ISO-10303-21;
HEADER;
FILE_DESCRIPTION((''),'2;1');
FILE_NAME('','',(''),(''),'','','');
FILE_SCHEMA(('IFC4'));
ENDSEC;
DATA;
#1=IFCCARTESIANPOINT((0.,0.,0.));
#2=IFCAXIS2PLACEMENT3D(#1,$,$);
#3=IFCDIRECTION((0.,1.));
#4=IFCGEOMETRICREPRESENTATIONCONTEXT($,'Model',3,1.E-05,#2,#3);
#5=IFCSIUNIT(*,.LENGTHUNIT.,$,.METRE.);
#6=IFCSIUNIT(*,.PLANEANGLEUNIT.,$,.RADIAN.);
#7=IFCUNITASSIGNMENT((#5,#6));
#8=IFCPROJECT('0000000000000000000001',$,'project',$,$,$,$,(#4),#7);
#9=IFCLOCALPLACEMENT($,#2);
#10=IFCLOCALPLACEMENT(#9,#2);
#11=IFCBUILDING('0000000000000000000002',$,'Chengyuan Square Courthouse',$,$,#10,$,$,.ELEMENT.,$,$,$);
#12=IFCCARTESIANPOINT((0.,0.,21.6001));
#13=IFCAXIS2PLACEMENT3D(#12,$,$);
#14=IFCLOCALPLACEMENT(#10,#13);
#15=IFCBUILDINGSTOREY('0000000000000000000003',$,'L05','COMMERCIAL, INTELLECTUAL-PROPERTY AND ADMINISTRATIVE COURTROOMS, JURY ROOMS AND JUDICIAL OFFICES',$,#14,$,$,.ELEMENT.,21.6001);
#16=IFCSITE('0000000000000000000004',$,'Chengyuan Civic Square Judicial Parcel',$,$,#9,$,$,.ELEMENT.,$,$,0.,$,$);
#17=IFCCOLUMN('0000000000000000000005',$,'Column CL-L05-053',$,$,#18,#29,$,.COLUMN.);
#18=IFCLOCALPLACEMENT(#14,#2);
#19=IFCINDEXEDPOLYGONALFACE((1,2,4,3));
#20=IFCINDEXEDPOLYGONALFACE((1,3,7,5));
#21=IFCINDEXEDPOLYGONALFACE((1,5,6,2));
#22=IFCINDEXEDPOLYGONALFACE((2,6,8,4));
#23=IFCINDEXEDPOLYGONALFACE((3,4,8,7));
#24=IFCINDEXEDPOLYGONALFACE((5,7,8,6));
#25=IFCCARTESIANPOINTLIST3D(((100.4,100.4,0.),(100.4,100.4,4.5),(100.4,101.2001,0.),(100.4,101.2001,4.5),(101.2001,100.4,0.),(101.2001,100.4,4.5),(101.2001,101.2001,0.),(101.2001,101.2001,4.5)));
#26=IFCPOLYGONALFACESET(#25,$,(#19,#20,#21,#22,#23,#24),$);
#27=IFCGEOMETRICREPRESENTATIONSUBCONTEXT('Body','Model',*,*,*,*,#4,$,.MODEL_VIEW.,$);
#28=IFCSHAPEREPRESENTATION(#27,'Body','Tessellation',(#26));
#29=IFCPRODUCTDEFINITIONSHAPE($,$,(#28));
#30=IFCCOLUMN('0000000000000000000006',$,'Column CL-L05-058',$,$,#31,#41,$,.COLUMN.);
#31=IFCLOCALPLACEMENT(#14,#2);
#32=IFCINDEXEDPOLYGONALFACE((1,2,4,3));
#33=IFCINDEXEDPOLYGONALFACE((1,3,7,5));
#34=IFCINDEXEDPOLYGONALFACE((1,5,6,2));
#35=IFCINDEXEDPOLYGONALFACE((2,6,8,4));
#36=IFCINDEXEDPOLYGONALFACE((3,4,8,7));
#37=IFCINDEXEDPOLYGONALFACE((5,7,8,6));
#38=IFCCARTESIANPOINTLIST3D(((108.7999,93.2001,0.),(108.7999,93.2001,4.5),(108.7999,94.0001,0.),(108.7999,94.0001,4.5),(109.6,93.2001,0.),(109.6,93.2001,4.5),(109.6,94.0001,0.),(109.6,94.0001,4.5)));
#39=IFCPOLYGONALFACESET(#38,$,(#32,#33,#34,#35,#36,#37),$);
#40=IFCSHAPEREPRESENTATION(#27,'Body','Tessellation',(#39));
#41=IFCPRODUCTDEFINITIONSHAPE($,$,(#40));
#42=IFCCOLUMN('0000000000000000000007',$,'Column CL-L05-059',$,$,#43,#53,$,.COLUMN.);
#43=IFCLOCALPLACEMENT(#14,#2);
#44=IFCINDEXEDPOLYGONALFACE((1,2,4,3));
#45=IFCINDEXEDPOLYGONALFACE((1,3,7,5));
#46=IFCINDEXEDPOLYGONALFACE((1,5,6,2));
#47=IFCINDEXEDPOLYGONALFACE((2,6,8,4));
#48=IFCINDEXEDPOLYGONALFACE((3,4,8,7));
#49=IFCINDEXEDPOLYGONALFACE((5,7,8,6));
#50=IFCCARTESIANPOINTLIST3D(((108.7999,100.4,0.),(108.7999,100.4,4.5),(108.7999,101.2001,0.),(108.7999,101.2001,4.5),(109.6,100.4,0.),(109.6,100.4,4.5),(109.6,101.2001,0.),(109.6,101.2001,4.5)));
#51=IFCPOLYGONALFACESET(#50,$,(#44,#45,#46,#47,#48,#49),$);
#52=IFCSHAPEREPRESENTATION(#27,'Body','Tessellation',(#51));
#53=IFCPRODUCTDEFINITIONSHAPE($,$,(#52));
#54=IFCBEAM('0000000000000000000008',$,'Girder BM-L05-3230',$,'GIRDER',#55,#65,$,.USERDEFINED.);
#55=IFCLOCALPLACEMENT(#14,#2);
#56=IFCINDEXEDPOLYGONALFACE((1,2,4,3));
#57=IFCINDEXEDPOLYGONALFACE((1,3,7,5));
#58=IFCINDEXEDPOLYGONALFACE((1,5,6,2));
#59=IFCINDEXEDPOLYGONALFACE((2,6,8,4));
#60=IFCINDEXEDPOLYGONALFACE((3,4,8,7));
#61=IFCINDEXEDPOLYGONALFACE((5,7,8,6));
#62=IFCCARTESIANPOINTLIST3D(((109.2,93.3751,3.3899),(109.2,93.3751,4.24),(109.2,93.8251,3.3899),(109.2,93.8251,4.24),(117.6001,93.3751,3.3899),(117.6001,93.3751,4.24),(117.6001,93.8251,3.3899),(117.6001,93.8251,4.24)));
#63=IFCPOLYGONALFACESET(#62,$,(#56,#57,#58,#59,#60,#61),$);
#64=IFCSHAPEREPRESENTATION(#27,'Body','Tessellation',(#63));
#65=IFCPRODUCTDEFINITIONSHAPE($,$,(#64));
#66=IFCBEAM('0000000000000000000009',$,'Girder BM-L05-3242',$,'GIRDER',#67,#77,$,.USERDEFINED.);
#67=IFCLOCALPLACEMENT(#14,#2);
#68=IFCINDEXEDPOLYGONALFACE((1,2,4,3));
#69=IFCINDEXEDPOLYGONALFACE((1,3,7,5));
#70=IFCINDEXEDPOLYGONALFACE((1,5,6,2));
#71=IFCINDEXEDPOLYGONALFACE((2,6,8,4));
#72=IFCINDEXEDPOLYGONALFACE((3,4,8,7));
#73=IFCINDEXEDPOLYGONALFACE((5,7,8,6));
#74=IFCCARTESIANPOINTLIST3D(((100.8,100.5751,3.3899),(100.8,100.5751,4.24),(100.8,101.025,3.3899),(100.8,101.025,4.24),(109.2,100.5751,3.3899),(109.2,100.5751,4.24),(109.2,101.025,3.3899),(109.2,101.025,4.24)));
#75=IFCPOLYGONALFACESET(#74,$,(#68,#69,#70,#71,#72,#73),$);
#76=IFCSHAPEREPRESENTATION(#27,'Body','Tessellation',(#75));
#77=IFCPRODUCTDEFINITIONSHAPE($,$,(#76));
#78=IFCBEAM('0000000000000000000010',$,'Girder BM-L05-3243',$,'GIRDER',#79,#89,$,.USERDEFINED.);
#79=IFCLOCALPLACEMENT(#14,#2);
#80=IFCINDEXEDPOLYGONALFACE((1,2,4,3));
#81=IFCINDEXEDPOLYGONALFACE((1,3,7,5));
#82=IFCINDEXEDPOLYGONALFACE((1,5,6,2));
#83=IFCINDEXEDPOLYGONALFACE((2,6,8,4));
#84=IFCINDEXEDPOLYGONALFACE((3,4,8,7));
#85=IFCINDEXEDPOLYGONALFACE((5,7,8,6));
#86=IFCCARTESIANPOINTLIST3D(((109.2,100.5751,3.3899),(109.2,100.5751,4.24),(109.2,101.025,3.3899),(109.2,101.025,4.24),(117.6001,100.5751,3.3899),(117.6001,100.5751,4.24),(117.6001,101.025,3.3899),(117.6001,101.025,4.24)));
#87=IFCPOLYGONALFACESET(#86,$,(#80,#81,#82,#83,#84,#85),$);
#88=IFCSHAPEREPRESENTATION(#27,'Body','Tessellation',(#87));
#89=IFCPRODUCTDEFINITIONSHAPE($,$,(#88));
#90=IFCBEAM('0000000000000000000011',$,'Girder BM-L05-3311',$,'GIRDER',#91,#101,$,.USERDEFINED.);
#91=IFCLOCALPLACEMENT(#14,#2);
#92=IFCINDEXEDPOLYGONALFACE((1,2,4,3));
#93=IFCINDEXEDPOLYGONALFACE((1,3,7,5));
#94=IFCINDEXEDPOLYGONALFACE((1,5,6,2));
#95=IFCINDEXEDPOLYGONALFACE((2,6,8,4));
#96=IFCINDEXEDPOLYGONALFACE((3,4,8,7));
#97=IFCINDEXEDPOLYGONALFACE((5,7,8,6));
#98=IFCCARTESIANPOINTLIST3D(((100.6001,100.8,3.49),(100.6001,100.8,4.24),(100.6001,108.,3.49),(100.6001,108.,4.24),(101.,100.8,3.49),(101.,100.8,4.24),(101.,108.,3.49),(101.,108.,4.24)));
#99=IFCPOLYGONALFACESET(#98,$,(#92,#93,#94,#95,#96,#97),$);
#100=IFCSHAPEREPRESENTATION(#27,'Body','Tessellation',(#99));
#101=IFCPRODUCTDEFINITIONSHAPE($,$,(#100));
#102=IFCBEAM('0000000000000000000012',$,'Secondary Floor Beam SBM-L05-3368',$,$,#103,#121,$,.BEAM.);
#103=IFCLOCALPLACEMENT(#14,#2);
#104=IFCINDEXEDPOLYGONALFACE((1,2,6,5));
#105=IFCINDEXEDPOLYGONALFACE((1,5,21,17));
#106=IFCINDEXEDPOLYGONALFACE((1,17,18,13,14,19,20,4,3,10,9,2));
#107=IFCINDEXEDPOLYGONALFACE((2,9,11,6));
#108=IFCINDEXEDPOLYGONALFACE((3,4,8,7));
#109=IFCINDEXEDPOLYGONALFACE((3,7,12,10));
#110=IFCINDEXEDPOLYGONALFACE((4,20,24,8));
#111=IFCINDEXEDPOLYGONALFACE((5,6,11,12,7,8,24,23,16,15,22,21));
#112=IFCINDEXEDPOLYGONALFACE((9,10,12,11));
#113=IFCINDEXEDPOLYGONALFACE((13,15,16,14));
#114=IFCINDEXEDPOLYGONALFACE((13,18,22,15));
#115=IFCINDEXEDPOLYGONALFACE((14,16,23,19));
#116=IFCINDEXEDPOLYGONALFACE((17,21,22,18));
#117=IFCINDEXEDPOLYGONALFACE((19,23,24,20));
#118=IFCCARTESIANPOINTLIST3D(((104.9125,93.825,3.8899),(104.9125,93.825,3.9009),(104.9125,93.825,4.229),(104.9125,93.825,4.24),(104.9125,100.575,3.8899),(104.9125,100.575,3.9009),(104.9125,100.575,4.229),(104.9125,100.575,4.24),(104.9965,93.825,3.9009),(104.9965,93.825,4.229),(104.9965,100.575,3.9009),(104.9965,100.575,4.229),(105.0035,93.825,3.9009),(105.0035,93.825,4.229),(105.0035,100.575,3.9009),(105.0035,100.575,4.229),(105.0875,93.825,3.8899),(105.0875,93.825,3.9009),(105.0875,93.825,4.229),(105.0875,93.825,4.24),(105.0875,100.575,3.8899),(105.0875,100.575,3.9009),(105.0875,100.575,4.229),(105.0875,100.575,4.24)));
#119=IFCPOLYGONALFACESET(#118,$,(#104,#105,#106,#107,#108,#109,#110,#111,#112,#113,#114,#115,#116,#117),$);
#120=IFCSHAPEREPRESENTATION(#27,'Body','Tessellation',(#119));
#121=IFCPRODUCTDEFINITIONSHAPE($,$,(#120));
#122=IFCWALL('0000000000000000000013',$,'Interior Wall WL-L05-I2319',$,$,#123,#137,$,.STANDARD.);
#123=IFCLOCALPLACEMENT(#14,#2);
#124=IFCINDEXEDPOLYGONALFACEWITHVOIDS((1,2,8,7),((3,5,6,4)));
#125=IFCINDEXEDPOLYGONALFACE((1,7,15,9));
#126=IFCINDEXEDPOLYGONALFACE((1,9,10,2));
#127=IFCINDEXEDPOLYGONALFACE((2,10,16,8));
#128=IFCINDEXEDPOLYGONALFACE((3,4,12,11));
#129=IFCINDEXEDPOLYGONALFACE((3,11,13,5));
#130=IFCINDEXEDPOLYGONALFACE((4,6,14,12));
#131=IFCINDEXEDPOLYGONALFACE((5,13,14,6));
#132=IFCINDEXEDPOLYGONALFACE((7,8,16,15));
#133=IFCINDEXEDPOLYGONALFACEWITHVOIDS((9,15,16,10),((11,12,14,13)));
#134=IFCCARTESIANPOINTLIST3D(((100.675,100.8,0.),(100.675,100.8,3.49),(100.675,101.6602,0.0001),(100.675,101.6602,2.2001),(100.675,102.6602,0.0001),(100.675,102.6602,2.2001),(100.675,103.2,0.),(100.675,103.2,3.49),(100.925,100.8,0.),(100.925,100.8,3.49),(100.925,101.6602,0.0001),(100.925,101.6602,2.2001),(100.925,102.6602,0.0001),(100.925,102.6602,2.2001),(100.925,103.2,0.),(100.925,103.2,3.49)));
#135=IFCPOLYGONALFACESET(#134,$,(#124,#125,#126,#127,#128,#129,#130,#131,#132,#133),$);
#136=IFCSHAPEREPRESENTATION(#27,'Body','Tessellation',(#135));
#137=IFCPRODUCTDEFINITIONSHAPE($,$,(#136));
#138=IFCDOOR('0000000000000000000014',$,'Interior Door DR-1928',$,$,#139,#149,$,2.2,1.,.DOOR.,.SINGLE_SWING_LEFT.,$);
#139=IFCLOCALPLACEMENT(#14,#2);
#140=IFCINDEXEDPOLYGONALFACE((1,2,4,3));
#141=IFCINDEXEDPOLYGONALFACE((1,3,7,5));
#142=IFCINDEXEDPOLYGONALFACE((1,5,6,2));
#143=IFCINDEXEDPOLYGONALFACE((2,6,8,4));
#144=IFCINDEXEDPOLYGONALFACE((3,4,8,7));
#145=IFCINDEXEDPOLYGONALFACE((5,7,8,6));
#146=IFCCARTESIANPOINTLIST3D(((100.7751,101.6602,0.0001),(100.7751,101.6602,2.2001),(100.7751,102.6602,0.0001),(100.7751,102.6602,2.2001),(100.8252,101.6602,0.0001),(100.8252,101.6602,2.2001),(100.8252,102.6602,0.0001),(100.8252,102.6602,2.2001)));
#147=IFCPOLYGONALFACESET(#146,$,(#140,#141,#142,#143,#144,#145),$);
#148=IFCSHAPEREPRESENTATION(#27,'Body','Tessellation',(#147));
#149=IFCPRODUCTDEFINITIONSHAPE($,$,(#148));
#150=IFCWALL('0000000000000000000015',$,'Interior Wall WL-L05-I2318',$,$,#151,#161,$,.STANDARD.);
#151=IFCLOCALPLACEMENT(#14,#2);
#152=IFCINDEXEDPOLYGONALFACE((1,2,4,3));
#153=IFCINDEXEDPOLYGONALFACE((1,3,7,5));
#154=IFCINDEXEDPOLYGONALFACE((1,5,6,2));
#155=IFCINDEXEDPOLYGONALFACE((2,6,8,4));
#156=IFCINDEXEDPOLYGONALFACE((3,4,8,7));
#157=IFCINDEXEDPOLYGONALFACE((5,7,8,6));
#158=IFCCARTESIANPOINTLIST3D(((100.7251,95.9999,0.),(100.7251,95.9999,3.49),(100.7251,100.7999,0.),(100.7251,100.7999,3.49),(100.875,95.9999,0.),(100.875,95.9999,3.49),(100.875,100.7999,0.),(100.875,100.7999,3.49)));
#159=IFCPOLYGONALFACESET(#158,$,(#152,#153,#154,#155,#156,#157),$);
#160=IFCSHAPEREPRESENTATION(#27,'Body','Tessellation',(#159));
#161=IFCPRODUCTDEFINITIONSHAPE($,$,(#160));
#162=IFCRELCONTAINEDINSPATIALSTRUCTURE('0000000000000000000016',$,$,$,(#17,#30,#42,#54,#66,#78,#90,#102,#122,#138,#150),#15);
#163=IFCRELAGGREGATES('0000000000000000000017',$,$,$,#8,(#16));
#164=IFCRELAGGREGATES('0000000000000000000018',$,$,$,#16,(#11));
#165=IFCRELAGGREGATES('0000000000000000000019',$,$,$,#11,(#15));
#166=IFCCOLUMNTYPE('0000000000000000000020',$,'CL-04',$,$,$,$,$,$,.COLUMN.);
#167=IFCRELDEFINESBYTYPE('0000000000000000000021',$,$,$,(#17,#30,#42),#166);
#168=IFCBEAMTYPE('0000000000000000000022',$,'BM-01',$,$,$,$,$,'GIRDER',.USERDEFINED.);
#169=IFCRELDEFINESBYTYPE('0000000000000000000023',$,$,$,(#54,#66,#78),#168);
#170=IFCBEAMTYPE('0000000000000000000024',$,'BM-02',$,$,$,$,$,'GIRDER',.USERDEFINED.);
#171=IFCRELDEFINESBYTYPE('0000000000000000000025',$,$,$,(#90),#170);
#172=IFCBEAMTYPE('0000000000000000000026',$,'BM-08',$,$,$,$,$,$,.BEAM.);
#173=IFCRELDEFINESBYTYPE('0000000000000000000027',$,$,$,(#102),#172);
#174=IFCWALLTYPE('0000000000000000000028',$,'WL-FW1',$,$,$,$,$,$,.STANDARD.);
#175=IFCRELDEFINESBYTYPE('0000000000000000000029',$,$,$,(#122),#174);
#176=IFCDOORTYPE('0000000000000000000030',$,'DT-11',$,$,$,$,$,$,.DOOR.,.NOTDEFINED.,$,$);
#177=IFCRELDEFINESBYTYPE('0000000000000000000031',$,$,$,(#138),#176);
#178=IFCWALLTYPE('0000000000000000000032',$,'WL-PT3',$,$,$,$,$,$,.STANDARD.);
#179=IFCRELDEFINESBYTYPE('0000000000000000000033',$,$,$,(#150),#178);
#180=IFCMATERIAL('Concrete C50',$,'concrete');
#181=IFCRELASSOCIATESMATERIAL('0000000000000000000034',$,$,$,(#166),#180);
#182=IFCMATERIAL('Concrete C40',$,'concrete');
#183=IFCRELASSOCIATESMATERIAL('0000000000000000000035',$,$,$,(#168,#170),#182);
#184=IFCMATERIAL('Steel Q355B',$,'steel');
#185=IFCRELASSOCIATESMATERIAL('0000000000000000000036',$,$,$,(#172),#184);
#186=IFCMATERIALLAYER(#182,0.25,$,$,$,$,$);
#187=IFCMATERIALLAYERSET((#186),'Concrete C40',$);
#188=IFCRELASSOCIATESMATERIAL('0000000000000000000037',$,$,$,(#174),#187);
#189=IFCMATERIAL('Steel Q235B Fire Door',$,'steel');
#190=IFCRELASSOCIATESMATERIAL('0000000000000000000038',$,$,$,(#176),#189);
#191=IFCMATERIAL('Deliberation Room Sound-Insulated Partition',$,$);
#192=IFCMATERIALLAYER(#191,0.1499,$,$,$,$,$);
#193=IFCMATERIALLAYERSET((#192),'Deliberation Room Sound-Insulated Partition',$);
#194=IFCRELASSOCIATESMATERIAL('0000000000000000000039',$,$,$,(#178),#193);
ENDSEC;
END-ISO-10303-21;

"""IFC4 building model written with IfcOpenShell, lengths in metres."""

from ifc_helpers import new_model, si_unit, direction, frame, frame_2d, origin, origin_2d, place, context, subcontext, project, spatial, rectangle, i_section, extrude, material, layer, layer_set, material_profile, profile_set, type_object, element, fill, save


model = new_model("IFC4")

# Units and contexts
model_context = context("Model", 3, precision=1e-05, world=origin(), true_north=direction((0.0, 1.0)))
body_context = subcontext(model_context, "Body", "Model", "MODEL_VIEW")
ifc_project = project(units=[si_unit("LENGTHUNIT", "METRE"), si_unit("PLANEANGLEUNIT", "RADIAN")], contexts=[model_context])

# Site, building, storey
site_placement = place(None, origin())
site = spatial("IfcSite", under=ifc_project, at=site_placement, Name="Chengyuan Civic Square Judicial Parcel", CompositionType="ELEMENT", RefElevation=0.0)
building_placement = place(site_placement, origin())
building = spatial("IfcBuilding", under=site, at=building_placement, Name="Chengyuan Square Courthouse", CompositionType="ELEMENT")
storey_placement = place(building_placement, frame((0.0, 0.0, 21.6001)))
storey = spatial("IfcBuildingStorey", under=building, at=storey_placement, Name="L05", Description="COMMERCIAL, INTELLECTUAL-PROPERTY AND ADMINISTRATIVE COURTROOMS, JURY ROOMS AND JUDICIAL OFFICES", CompositionType="ELEMENT", Elevation=21.6001)

# Columns
ifc_material_1 = material(Name="Concrete C50", Category="concrete")
ifc_material_profile_1 = material_profile(ifc_material_1, rectangle(XDim=0.8, YDim=0.8, at=origin_2d()), Name="RC-COL-800x800")
ifc_profile_set_1 = profile_set([ifc_material_profile_1], Name="Concrete C50")
column_type = type_object("IfcColumnType", Name="CL-04", PredefinedType="COLUMN", material=ifc_profile_set_1)
for number, where, z_axis, x_axis, name in (
    (1, (100.8, 100.8, 0.0), (0.0, 0.0, 1.0), (1.0, 0.0, 0.0), "Column CL-L05-053"),
    (2, (109.2, 93.6001, 0.0), (0.0, 0.0, 1.0), (1.0, 0.0, 0.0), "Column CL-L05-058"),
    (3, (109.2, 100.8, 0.0), (0.0, 0.0, 1.0), (1.0, 0.0, 0.0), "Column CL-L05-059"),
):
    element("IfcColumn", number, at=place(storey_placement, frame(where, z_axis=z_axis, x_axis=x_axis)), inside=storey, type_object=column_type, Name=name, PredefinedType="COLUMN", context=body_context, shape_type="SweptSolid", body=[
        extrude(rectangle(XDim=0.8, YDim=0.8, at=origin_2d()), origin(), (0.0, 0.0, 1.0), 4.5),
    ])

# Beams
ifc_material_2 = material(Name="Concrete C40", Category="concrete")
ifc_material_profile_2 = material_profile(ifc_material_2, rectangle(XDim=0.45, YDim=0.8501, at=origin_2d()), Name="RC-BM-450x850")
ifc_profile_set_2 = profile_set([ifc_material_profile_2], Name="Concrete C40")
beam_type_1 = type_object("IfcBeamType", Name="BM-01", ElementType="GIRDER", PredefinedType="USERDEFINED", material=ifc_profile_set_2)
beam_1_placement = place(storey_placement, frame((109.2, 93.6001, 3.8149), z_axis=(1.0, 0.0, 0.0), x_axis=(0.0, 1.0, 0.0)))
element("IfcBeam", 4, at=beam_1_placement, inside=storey, type_object=beam_type_1, Name="Girder BM-L05-3230", ObjectType="GIRDER", PredefinedType="USERDEFINED", context=body_context, shape_type="SweptSolid", body=[
    extrude(rectangle(XDim=0.45, YDim=0.8501, at=origin_2d()), origin(), (0.0, 0.0, 1.0), 8.4001),
])
beam_2_placement = place(storey_placement, frame((100.8, 100.8, 3.8149), z_axis=(1.0, 0.0, 0.0), x_axis=(0.0, 1.0, 0.0)))
element("IfcBeam", 5, at=beam_2_placement, inside=storey, type_object=beam_type_1, Name="Girder BM-L05-3242", ObjectType="GIRDER", PredefinedType="USERDEFINED", context=body_context, shape_type="SweptSolid", body=[
    extrude(rectangle(XDim=0.45, YDim=0.8501, at=origin_2d()), origin(), (0.0, 0.0, 1.0), 8.3999),
])
beam_3_placement = place(storey_placement, frame((109.2, 100.8, 3.8149), z_axis=(1.0, 0.0, 0.0), x_axis=(0.0, 1.0, 0.0)))
element("IfcBeam", 6, at=beam_3_placement, inside=storey, type_object=beam_type_1, Name="Girder BM-L05-3243", ObjectType="GIRDER", PredefinedType="USERDEFINED", context=body_context, shape_type="SweptSolid", body=[
    extrude(rectangle(XDim=0.45, YDim=0.8501, at=origin_2d()), origin(), (0.0, 0.0, 1.0), 8.4001),
])
ifc_material_profile_3 = material_profile(ifc_material_2, rectangle(XDim=0.3999, YDim=0.75, at=origin_2d()), Name="RC-BM-400x750")
ifc_profile_set_3 = profile_set([ifc_material_profile_3], Name="Concrete C40")
beam_type_2 = type_object("IfcBeamType", Name="BM-02", ElementType="GIRDER", PredefinedType="USERDEFINED", material=ifc_profile_set_3)
beam_4_placement = place(storey_placement, frame((100.8, 100.8, 3.865), z_axis=(0.0, 1.0, 0.0), x_axis=(-1.0, 0.0, 0.0)))
element("IfcBeam", 7, at=beam_4_placement, inside=storey, type_object=beam_type_2, Name="Girder BM-L05-3311", ObjectType="GIRDER", PredefinedType="USERDEFINED", context=body_context, shape_type="SweptSolid", body=[
    extrude(rectangle(XDim=0.3999, YDim=0.75, at=origin_2d()), origin(), (0.0, 0.0, 1.0), 7.2),
])
ifc_material_3 = material(Name="Steel Q355B", Category="steel")
ifc_material_profile_4 = material_profile(ifc_material_3, i_section(OverallWidth=0.175, OverallDepth=0.3501, WebThickness=0.0071, FlangeThickness=0.011, at=origin_2d()), Name="HN 350x175x7x11")
ifc_profile_set_4 = profile_set([ifc_material_profile_4], Name="Steel Q355B")
beam_type_3 = type_object("IfcBeamType", Name="BM-08", PredefinedType="BEAM", material=ifc_profile_set_4)
beam_5_placement = place(storey_placement, frame((105.0, 93.825, 4.0649), z_axis=(0.0, 1.0, 0.0), x_axis=(-1.0, 0.0, 0.0)))
element("IfcBeam", 8, at=beam_5_placement, inside=storey, type_object=beam_type_3, Name="Secondary Floor Beam SBM-L05-3368", PredefinedType="BEAM", context=body_context, shape_type="SweptSolid", body=[
    extrude(i_section(OverallWidth=0.175, OverallDepth=0.3501, WebThickness=0.0071, FlangeThickness=0.011, at=origin_2d()), origin(), (0.0, 0.0, 1.0), 6.75),
])

# Wall, opening, door
ifc_layer_1 = layer(ifc_material_2, 0.25)
ifc_layer_set_1 = layer_set([ifc_layer_1], Name="Concrete C40")
wall_type_1 = type_object("IfcWallType", Name="WL-FW1", PredefinedType="STANDARD", material=ifc_layer_set_1)
wall_1_placement = place(storey_placement, frame((100.8, 100.8, 0.0), z_axis=(0.0, 0.0, 1.0), x_axis=(0.0, 1.0, 0.0)))
wall_1 = element("IfcWall", 9, at=wall_1_placement, inside=storey, type_object=wall_type_1, Name="Interior Wall WL-L05-I2319", PredefinedType="STANDARD", context=body_context, shape_type="SweptSolid", body=[
    extrude(rectangle(XDim=2.3999, YDim=0.25, at=frame_2d((1.2, 0.0))), origin(), (0.0, 0.0, 1.0), 3.49),
])
opening_1_placement = place(wall_1_placement, frame((0.8601, 0.0, 0.0)))
opening_1 = element("IfcOpeningElement", 10, at=opening_1_placement, cuts=wall_1, PredefinedType="OPENING", context=body_context, shape_type="SweptSolid", body=[
    extrude(rectangle(XDim=1.0, YDim=2.2, at=frame_2d((0.5, 1.1001))), frame((0.0, 0.137, 0.0), z_axis=(0.0, -1.0, 0.0), x_axis=(1.0, 0.0, 0.0)), (0.0, 0.0, 1.0), 0.2739),
])
ifc_material_4 = material(Name="Steel Q235B Fire Door", Category="steel")
door_type_1 = type_object("IfcDoorType", Name="DT-11", OperationType="NOTDEFINED", PredefinedType="DOOR", material=ifc_material_4)
door_1_placement = place(opening_1_placement, origin())
door_1 = element("IfcDoor", 11, at=door_1_placement, inside=storey, type_object=door_type_1, Name="Interior Door DR-1928", OperationType="SINGLE_SWING_LEFT", OverallHeight=2.2, OverallWidth=1.0, PredefinedType="DOOR", context=body_context, shape_type="SweptSolid", body=[
    extrude(rectangle(XDim=1.0, YDim=2.2, at=frame_2d((0.5, 1.1001))), frame((0.0, 0.0249, 0.0), z_axis=(0.0, -1.0, 0.0), x_axis=(1.0, 0.0, 0.0)), (0.0, 0.0, 1.0), 0.05),
])
fill(opening_1, door_1)

# Wall
ifc_material_5 = material(Name="Deliberation Room Sound-Insulated Partition")
ifc_layer_2 = layer(ifc_material_5, 0.1499)
ifc_layer_set_2 = layer_set([ifc_layer_2], Name="Deliberation Room Sound-Insulated Partition")
wall_type_2 = type_object("IfcWallType", Name="WL-PT3", PredefinedType="STANDARD", material=ifc_layer_set_2)
wall_2_placement = place(storey_placement, frame((100.8, 96.0, 0.0), z_axis=(0.0, 0.0, 1.0), x_axis=(0.0, 1.0, 0.0)))
element("IfcWall", 12, at=wall_2_placement, inside=storey, type_object=wall_type_2, Name="Interior Wall WL-L05-I2318", PredefinedType="STANDARD", context=body_context, shape_type="SweptSolid", body=[
    extrude(rectangle(XDim=4.8, YDim=0.1499, at=frame_2d((2.3999, 0.0))), origin(), (0.0, 0.0, 1.0), 3.49),
])

save(model, "model.ifc")
